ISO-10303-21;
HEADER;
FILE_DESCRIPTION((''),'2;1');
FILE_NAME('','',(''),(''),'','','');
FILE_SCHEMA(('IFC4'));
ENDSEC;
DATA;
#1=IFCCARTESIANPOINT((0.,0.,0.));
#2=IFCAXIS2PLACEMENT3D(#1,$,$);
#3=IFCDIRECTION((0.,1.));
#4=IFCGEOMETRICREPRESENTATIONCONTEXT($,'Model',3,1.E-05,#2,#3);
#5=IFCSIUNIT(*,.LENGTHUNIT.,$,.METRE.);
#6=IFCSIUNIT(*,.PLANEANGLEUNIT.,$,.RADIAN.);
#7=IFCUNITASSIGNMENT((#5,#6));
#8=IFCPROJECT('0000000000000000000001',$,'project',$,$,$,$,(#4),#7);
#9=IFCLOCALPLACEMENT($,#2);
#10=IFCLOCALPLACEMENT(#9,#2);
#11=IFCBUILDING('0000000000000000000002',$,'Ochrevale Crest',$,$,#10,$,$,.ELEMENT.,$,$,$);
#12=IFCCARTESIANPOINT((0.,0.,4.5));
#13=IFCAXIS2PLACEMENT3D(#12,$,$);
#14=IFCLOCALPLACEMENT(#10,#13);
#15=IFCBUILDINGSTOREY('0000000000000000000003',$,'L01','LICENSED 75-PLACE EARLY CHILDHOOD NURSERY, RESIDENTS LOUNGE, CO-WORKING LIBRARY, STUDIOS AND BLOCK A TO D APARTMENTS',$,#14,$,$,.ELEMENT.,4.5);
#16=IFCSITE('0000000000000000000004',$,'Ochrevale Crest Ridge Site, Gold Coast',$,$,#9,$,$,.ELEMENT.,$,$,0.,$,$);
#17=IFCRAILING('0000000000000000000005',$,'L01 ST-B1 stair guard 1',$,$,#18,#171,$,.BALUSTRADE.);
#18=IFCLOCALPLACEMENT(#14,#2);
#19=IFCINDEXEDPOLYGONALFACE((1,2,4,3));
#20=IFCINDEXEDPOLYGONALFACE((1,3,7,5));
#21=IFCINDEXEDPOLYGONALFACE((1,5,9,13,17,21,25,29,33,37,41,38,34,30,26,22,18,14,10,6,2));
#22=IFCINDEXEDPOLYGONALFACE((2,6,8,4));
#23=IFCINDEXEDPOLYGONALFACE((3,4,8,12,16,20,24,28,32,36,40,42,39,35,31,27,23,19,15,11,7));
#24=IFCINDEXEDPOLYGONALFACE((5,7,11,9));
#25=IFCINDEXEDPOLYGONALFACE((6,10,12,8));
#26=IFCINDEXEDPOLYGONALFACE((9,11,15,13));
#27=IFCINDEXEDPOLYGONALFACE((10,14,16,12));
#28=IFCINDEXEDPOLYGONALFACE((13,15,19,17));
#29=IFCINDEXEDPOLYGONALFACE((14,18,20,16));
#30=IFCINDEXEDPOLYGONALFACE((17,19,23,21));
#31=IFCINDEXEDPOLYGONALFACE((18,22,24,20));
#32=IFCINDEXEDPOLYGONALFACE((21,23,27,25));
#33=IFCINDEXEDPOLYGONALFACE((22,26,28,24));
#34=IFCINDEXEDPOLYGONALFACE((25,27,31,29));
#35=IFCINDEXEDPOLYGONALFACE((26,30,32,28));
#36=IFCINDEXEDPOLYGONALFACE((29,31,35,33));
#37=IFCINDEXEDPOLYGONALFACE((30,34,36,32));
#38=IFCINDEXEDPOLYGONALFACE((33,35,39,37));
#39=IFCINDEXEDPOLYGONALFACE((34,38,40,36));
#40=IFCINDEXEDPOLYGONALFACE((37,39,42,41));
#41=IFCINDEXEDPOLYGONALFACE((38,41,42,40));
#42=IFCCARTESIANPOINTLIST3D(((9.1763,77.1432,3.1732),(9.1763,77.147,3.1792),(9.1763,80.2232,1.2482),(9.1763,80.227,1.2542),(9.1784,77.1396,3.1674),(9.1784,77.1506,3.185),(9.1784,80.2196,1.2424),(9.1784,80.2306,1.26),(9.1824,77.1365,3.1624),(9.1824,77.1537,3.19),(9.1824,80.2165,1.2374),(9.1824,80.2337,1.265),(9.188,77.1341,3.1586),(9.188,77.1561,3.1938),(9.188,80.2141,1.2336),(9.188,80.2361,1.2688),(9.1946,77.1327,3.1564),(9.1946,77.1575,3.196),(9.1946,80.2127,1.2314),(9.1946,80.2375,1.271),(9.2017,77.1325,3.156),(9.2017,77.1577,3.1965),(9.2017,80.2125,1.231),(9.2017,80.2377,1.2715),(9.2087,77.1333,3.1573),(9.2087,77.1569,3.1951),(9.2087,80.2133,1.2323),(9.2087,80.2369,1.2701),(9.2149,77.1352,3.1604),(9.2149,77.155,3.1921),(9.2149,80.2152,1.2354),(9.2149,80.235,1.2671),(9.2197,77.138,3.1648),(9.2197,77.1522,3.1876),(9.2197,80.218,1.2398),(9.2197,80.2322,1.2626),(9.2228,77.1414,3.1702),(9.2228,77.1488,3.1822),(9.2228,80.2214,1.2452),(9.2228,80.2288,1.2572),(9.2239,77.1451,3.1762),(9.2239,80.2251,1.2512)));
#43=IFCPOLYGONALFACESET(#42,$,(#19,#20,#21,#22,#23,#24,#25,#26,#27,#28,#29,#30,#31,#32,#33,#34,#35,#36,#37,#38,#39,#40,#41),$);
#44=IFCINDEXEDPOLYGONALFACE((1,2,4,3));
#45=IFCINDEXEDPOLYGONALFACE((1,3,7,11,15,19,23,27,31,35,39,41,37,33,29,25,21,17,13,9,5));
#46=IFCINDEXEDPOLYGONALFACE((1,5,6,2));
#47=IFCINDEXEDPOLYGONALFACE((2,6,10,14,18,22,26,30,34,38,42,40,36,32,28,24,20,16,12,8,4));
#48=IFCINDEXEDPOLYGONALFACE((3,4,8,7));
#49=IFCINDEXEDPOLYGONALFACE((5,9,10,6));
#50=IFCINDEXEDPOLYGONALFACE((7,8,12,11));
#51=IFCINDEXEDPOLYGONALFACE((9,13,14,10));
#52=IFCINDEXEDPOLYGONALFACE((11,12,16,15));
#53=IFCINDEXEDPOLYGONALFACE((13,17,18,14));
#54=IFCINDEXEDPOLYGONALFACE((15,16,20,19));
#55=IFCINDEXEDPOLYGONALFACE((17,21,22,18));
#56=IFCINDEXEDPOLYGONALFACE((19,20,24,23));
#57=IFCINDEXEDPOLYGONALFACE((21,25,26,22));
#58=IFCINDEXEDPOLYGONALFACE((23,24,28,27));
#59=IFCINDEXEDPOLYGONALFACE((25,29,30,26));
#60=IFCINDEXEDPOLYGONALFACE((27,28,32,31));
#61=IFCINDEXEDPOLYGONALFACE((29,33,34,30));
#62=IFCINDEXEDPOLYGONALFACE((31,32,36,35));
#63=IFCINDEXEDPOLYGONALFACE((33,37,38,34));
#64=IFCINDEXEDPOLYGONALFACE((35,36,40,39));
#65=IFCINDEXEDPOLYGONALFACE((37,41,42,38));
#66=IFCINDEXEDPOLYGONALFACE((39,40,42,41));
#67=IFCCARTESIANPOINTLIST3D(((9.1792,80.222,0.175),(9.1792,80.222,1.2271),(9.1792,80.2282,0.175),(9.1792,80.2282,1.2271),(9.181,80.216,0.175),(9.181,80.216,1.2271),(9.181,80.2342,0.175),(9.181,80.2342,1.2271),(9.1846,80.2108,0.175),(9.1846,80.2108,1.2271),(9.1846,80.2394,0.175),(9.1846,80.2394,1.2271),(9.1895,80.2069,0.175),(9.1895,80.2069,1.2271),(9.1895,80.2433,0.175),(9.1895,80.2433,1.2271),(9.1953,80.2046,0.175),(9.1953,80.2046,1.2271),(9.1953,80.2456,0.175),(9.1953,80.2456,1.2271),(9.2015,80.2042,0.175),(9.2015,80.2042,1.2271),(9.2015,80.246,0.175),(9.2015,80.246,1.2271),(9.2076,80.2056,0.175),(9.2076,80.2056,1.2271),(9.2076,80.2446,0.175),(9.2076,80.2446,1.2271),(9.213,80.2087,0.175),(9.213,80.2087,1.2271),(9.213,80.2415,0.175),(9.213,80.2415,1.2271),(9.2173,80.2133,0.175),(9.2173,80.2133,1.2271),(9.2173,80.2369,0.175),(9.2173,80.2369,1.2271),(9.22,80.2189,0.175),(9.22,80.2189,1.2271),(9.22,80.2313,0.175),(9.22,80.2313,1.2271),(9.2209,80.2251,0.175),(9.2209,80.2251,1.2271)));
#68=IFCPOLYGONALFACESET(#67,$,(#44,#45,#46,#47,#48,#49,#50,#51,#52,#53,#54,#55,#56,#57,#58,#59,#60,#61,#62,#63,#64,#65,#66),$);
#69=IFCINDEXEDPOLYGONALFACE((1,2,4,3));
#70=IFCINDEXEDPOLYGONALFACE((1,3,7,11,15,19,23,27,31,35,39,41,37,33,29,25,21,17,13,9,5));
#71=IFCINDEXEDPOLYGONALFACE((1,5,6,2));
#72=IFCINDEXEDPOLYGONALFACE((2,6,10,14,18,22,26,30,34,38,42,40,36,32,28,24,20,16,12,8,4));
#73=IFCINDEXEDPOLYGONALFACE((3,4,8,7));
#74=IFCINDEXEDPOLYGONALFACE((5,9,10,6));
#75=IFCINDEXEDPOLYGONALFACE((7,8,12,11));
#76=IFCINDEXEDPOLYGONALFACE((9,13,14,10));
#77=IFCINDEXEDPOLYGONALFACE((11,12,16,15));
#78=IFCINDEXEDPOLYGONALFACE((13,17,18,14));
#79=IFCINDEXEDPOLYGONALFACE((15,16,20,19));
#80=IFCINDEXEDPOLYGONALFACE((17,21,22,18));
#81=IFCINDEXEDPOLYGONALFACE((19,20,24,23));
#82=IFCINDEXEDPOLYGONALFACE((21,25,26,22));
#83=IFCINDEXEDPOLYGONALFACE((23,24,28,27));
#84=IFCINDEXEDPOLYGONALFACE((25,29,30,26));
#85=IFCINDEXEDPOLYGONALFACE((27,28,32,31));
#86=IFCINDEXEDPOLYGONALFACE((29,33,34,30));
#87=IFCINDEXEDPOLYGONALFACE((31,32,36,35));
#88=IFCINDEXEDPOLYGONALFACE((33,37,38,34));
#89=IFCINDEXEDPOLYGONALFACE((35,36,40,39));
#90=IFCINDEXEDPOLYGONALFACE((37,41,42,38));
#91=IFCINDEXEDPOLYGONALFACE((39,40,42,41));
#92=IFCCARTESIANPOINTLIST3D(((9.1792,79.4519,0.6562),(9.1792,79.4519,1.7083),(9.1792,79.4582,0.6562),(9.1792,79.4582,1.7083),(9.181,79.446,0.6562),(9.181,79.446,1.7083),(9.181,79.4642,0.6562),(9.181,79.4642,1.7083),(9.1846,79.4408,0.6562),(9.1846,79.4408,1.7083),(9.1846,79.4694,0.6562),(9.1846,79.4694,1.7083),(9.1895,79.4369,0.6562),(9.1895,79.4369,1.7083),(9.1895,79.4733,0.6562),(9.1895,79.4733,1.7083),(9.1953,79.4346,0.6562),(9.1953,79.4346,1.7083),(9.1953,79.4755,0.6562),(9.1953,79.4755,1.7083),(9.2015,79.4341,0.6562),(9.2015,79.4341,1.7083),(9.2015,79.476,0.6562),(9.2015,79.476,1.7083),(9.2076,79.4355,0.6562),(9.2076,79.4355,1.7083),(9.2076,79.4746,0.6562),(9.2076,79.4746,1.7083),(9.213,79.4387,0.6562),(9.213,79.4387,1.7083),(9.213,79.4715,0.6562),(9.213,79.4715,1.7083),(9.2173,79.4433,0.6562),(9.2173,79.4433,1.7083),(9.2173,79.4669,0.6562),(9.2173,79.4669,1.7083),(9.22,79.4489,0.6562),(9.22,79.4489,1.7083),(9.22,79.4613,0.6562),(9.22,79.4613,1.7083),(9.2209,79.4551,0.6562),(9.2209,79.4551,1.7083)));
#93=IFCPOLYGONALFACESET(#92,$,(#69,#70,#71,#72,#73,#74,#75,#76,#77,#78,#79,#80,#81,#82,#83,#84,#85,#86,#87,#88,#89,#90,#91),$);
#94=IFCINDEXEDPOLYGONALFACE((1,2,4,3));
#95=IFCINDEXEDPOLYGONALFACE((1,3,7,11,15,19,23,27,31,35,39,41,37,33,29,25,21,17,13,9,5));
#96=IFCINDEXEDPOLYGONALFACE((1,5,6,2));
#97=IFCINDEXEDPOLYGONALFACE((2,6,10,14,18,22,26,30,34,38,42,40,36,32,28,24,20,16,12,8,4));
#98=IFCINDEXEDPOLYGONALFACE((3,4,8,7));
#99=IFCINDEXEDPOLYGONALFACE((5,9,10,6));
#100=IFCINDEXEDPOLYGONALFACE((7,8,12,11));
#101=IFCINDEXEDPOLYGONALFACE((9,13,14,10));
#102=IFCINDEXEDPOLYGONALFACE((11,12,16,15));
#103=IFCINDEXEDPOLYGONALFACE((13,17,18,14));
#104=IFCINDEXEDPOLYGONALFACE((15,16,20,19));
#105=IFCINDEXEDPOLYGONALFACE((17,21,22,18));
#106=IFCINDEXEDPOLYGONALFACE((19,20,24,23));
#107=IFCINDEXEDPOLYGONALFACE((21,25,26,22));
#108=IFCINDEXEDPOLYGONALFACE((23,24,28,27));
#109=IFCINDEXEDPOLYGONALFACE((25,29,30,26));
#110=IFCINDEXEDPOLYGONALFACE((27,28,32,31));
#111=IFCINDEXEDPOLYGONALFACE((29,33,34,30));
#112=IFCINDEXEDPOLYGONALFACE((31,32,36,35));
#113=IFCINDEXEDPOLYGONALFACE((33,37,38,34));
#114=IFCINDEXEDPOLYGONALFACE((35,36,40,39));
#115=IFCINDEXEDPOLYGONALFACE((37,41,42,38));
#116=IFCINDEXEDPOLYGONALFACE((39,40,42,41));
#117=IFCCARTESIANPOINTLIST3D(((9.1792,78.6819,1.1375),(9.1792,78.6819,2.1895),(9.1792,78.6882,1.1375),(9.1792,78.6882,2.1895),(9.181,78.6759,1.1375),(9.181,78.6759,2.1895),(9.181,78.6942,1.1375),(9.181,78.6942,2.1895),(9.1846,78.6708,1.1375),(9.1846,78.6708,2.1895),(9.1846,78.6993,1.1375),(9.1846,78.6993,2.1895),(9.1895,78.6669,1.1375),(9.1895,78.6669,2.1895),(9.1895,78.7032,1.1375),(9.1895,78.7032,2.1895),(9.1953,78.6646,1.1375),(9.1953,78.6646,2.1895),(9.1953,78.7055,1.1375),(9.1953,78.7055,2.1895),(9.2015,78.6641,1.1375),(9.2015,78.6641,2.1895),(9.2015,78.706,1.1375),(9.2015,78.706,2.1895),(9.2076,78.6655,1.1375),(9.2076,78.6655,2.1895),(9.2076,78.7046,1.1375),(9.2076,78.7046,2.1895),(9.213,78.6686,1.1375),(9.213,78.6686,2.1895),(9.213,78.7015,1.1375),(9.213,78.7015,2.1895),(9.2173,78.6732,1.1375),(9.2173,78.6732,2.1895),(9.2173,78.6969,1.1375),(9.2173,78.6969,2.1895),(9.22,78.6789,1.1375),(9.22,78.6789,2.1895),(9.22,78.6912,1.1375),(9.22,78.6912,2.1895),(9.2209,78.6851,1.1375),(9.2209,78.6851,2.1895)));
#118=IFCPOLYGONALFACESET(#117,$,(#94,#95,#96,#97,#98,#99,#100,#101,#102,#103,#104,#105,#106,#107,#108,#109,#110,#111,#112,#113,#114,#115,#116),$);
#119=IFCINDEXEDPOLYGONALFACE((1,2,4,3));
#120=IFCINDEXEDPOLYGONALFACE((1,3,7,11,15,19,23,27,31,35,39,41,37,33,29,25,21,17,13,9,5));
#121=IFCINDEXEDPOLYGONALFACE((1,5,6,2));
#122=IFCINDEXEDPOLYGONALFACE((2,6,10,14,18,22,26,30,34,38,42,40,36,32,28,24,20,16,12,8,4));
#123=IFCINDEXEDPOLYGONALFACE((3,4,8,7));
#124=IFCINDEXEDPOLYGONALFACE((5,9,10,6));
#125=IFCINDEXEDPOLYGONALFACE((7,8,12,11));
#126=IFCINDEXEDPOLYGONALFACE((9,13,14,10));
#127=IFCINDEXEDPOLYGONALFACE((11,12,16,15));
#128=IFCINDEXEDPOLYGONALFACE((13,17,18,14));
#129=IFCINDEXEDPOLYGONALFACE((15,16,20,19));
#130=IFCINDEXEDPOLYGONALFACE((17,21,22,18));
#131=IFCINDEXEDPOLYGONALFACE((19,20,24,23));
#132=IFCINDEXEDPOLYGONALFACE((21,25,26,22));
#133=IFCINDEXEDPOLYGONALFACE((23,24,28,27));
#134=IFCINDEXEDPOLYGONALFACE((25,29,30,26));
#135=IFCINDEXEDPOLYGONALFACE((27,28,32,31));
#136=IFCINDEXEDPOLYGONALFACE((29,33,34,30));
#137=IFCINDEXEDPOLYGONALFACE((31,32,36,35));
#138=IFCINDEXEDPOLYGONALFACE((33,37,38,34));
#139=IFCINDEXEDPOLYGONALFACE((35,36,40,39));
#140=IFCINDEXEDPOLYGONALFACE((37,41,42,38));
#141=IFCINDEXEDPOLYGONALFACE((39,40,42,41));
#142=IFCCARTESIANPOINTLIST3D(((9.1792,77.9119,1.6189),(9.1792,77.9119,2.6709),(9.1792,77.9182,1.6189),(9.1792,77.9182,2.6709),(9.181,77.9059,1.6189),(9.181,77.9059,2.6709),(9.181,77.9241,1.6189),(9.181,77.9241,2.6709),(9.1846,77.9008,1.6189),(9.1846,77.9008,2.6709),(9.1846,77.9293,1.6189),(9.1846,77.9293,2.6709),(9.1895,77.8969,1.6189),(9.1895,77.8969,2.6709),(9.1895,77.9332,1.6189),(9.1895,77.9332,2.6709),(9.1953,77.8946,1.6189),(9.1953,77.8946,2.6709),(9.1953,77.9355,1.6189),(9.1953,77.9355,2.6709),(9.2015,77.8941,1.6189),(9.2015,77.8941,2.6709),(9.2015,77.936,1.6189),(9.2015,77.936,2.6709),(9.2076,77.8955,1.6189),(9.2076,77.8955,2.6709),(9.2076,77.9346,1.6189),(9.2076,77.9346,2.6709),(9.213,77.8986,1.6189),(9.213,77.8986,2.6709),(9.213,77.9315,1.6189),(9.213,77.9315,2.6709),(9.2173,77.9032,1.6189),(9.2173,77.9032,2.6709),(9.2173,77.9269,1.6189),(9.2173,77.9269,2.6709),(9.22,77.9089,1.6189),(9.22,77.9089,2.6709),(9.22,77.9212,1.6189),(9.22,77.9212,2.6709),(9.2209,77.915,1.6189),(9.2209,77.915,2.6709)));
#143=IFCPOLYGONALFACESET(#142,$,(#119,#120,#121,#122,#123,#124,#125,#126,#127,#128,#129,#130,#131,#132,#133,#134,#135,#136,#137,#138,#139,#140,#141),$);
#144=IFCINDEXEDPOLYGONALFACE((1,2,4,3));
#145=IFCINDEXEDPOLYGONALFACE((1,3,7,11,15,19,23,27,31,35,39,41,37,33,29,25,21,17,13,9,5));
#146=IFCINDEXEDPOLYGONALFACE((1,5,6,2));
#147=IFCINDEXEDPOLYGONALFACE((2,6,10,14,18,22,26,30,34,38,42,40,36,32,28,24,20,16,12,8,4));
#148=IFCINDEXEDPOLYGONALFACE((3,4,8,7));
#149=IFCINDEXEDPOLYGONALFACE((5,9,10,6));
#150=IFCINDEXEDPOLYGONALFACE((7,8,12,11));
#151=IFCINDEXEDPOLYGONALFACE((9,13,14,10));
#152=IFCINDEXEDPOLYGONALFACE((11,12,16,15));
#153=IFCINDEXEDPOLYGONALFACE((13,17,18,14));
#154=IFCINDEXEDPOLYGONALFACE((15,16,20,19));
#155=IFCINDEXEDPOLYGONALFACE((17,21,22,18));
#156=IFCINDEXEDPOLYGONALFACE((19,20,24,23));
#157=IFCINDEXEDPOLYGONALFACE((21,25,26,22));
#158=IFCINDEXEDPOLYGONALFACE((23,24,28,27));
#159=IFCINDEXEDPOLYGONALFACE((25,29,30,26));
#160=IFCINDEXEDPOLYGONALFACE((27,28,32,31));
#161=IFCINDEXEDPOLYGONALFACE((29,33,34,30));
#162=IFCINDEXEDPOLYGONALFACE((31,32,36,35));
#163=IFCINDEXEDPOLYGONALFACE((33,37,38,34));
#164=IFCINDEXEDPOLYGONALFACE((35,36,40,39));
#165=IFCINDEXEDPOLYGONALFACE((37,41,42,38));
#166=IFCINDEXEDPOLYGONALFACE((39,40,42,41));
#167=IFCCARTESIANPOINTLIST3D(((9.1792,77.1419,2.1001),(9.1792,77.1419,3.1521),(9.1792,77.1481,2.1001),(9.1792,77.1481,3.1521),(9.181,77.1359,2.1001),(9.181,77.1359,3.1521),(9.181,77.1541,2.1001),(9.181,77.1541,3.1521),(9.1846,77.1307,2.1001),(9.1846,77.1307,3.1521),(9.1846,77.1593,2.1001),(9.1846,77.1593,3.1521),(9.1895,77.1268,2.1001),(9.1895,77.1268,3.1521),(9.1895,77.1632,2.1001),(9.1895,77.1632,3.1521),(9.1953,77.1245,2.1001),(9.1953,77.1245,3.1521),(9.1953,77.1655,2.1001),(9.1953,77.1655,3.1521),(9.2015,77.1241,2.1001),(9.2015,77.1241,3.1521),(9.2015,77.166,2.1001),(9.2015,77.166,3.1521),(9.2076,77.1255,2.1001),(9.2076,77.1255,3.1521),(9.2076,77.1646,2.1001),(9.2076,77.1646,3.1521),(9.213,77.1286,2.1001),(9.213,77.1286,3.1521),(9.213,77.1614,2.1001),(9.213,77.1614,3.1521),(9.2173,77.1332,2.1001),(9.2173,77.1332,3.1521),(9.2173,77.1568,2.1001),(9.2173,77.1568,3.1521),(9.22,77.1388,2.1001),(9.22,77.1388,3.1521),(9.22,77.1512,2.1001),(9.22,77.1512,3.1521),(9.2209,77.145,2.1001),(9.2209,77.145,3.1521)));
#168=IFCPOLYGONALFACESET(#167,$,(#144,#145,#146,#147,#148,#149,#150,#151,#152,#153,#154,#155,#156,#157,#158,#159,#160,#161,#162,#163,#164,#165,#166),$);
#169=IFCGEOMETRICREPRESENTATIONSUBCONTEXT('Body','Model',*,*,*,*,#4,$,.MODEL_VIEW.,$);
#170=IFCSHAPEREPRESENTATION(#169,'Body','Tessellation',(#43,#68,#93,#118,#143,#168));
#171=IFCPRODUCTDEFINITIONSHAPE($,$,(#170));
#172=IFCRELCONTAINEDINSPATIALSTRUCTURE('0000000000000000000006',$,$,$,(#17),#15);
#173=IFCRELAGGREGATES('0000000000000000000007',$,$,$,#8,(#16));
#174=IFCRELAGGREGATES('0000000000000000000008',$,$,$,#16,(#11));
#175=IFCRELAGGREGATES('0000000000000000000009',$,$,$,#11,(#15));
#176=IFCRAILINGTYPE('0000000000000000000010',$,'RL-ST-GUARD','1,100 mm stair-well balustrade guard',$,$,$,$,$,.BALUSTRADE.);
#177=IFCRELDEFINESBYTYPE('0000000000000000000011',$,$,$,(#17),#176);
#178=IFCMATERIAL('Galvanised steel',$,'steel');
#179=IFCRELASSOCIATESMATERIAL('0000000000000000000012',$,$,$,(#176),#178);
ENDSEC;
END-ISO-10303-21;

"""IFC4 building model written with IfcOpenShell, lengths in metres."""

from ifc_helpers import new_model, si_unit, direction, frame, origin, origin_2d, place, context, subcontext, project, spatial, circle, extrude, material, type_object, element, save


model = new_model("IFC4")

# Units and contexts
model_context = context("Model", 3, precision=1e-05, world=origin(), true_north=direction((0.0, 1.0)))
body_context = subcontext(model_context, "Body", "Model", "MODEL_VIEW")
ifc_project = project(units=[si_unit("LENGTHUNIT", "METRE"), si_unit("PLANEANGLEUNIT", "RADIAN")], contexts=[model_context])

# Site, building, storey
site_placement = place(None, origin())
site = spatial("IfcSite", under=ifc_project, at=site_placement, Name="Ochrevale Crest Ridge Site, Gold Coast", CompositionType="ELEMENT", RefElevation=0.0)
building_placement = place(site_placement, origin())
building = spatial("IfcBuilding", under=site, at=building_placement, Name="Ochrevale Crest", CompositionType="ELEMENT")
storey_placement = place(building_placement, frame((0.0, 0.0, 4.5)))
storey = spatial("IfcBuildingStorey", under=building, at=storey_placement, Name="L01", Description="LICENSED 75-PLACE EARLY CHILDHOOD NURSERY, RESIDENTS LOUNGE, CO-WORKING LIBRARY, STUDIOS AND BLOCK A TO D APARTMENTS", CompositionType="ELEMENT", Elevation=4.5)

# Railing
ifc_material_1 = material(Name="Galvanised steel", Category="steel")
railing_type_1 = type_object("IfcRailingType", Name="RL-ST-GUARD", Description="1,100 mm stair-well balustrade guard", PredefinedType="BALUSTRADE", material=ifc_material_1)
railing_1_placement = place(storey_placement, frame((9.2, 80.2251, 0.175)))
element("IfcRailing", 1, at=railing_1_placement, inside=storey, type_object=railing_type_1, Name="L01 ST-B1 stair guard 1", PredefinedType="BALUSTRADE", context=body_context, shape_type="SweptSolid", body=[
    extrude(circle(Radius=0.0239, at=origin_2d()), frame((0.0, 0.0, 1.0762), z_axis=(0.0, -0.847998, 0.529999), x_axis=(1.0, 0.0, 0.0)), (0.0, 0.0, 1.0), 3.6321),
    extrude(circle(Radius=0.021, at=origin_2d()), origin(), (0.0, 0.0, 1.0), 1.052),
    extrude(circle(Radius=0.021, at=origin_2d()), frame((0.0, -0.77, 0.4812)), (0.0, 0.0, 1.0), 1.052),
    extrude(circle(Radius=0.021, at=origin_2d()), frame((0.0, -1.54, 0.9624)), (0.0, 0.0, 1.0), 1.052),
    extrude(circle(Radius=0.021, at=origin_2d()), frame((0.0, -2.3101, 1.4438)), (0.0, 0.0, 1.0), 1.052),
    extrude(circle(Radius=0.021, at=origin_2d()), frame((0.0, -3.0801, 1.925)), (0.0, 0.0, 1.0), 1.052),
])

save(model, "model.ifc")
